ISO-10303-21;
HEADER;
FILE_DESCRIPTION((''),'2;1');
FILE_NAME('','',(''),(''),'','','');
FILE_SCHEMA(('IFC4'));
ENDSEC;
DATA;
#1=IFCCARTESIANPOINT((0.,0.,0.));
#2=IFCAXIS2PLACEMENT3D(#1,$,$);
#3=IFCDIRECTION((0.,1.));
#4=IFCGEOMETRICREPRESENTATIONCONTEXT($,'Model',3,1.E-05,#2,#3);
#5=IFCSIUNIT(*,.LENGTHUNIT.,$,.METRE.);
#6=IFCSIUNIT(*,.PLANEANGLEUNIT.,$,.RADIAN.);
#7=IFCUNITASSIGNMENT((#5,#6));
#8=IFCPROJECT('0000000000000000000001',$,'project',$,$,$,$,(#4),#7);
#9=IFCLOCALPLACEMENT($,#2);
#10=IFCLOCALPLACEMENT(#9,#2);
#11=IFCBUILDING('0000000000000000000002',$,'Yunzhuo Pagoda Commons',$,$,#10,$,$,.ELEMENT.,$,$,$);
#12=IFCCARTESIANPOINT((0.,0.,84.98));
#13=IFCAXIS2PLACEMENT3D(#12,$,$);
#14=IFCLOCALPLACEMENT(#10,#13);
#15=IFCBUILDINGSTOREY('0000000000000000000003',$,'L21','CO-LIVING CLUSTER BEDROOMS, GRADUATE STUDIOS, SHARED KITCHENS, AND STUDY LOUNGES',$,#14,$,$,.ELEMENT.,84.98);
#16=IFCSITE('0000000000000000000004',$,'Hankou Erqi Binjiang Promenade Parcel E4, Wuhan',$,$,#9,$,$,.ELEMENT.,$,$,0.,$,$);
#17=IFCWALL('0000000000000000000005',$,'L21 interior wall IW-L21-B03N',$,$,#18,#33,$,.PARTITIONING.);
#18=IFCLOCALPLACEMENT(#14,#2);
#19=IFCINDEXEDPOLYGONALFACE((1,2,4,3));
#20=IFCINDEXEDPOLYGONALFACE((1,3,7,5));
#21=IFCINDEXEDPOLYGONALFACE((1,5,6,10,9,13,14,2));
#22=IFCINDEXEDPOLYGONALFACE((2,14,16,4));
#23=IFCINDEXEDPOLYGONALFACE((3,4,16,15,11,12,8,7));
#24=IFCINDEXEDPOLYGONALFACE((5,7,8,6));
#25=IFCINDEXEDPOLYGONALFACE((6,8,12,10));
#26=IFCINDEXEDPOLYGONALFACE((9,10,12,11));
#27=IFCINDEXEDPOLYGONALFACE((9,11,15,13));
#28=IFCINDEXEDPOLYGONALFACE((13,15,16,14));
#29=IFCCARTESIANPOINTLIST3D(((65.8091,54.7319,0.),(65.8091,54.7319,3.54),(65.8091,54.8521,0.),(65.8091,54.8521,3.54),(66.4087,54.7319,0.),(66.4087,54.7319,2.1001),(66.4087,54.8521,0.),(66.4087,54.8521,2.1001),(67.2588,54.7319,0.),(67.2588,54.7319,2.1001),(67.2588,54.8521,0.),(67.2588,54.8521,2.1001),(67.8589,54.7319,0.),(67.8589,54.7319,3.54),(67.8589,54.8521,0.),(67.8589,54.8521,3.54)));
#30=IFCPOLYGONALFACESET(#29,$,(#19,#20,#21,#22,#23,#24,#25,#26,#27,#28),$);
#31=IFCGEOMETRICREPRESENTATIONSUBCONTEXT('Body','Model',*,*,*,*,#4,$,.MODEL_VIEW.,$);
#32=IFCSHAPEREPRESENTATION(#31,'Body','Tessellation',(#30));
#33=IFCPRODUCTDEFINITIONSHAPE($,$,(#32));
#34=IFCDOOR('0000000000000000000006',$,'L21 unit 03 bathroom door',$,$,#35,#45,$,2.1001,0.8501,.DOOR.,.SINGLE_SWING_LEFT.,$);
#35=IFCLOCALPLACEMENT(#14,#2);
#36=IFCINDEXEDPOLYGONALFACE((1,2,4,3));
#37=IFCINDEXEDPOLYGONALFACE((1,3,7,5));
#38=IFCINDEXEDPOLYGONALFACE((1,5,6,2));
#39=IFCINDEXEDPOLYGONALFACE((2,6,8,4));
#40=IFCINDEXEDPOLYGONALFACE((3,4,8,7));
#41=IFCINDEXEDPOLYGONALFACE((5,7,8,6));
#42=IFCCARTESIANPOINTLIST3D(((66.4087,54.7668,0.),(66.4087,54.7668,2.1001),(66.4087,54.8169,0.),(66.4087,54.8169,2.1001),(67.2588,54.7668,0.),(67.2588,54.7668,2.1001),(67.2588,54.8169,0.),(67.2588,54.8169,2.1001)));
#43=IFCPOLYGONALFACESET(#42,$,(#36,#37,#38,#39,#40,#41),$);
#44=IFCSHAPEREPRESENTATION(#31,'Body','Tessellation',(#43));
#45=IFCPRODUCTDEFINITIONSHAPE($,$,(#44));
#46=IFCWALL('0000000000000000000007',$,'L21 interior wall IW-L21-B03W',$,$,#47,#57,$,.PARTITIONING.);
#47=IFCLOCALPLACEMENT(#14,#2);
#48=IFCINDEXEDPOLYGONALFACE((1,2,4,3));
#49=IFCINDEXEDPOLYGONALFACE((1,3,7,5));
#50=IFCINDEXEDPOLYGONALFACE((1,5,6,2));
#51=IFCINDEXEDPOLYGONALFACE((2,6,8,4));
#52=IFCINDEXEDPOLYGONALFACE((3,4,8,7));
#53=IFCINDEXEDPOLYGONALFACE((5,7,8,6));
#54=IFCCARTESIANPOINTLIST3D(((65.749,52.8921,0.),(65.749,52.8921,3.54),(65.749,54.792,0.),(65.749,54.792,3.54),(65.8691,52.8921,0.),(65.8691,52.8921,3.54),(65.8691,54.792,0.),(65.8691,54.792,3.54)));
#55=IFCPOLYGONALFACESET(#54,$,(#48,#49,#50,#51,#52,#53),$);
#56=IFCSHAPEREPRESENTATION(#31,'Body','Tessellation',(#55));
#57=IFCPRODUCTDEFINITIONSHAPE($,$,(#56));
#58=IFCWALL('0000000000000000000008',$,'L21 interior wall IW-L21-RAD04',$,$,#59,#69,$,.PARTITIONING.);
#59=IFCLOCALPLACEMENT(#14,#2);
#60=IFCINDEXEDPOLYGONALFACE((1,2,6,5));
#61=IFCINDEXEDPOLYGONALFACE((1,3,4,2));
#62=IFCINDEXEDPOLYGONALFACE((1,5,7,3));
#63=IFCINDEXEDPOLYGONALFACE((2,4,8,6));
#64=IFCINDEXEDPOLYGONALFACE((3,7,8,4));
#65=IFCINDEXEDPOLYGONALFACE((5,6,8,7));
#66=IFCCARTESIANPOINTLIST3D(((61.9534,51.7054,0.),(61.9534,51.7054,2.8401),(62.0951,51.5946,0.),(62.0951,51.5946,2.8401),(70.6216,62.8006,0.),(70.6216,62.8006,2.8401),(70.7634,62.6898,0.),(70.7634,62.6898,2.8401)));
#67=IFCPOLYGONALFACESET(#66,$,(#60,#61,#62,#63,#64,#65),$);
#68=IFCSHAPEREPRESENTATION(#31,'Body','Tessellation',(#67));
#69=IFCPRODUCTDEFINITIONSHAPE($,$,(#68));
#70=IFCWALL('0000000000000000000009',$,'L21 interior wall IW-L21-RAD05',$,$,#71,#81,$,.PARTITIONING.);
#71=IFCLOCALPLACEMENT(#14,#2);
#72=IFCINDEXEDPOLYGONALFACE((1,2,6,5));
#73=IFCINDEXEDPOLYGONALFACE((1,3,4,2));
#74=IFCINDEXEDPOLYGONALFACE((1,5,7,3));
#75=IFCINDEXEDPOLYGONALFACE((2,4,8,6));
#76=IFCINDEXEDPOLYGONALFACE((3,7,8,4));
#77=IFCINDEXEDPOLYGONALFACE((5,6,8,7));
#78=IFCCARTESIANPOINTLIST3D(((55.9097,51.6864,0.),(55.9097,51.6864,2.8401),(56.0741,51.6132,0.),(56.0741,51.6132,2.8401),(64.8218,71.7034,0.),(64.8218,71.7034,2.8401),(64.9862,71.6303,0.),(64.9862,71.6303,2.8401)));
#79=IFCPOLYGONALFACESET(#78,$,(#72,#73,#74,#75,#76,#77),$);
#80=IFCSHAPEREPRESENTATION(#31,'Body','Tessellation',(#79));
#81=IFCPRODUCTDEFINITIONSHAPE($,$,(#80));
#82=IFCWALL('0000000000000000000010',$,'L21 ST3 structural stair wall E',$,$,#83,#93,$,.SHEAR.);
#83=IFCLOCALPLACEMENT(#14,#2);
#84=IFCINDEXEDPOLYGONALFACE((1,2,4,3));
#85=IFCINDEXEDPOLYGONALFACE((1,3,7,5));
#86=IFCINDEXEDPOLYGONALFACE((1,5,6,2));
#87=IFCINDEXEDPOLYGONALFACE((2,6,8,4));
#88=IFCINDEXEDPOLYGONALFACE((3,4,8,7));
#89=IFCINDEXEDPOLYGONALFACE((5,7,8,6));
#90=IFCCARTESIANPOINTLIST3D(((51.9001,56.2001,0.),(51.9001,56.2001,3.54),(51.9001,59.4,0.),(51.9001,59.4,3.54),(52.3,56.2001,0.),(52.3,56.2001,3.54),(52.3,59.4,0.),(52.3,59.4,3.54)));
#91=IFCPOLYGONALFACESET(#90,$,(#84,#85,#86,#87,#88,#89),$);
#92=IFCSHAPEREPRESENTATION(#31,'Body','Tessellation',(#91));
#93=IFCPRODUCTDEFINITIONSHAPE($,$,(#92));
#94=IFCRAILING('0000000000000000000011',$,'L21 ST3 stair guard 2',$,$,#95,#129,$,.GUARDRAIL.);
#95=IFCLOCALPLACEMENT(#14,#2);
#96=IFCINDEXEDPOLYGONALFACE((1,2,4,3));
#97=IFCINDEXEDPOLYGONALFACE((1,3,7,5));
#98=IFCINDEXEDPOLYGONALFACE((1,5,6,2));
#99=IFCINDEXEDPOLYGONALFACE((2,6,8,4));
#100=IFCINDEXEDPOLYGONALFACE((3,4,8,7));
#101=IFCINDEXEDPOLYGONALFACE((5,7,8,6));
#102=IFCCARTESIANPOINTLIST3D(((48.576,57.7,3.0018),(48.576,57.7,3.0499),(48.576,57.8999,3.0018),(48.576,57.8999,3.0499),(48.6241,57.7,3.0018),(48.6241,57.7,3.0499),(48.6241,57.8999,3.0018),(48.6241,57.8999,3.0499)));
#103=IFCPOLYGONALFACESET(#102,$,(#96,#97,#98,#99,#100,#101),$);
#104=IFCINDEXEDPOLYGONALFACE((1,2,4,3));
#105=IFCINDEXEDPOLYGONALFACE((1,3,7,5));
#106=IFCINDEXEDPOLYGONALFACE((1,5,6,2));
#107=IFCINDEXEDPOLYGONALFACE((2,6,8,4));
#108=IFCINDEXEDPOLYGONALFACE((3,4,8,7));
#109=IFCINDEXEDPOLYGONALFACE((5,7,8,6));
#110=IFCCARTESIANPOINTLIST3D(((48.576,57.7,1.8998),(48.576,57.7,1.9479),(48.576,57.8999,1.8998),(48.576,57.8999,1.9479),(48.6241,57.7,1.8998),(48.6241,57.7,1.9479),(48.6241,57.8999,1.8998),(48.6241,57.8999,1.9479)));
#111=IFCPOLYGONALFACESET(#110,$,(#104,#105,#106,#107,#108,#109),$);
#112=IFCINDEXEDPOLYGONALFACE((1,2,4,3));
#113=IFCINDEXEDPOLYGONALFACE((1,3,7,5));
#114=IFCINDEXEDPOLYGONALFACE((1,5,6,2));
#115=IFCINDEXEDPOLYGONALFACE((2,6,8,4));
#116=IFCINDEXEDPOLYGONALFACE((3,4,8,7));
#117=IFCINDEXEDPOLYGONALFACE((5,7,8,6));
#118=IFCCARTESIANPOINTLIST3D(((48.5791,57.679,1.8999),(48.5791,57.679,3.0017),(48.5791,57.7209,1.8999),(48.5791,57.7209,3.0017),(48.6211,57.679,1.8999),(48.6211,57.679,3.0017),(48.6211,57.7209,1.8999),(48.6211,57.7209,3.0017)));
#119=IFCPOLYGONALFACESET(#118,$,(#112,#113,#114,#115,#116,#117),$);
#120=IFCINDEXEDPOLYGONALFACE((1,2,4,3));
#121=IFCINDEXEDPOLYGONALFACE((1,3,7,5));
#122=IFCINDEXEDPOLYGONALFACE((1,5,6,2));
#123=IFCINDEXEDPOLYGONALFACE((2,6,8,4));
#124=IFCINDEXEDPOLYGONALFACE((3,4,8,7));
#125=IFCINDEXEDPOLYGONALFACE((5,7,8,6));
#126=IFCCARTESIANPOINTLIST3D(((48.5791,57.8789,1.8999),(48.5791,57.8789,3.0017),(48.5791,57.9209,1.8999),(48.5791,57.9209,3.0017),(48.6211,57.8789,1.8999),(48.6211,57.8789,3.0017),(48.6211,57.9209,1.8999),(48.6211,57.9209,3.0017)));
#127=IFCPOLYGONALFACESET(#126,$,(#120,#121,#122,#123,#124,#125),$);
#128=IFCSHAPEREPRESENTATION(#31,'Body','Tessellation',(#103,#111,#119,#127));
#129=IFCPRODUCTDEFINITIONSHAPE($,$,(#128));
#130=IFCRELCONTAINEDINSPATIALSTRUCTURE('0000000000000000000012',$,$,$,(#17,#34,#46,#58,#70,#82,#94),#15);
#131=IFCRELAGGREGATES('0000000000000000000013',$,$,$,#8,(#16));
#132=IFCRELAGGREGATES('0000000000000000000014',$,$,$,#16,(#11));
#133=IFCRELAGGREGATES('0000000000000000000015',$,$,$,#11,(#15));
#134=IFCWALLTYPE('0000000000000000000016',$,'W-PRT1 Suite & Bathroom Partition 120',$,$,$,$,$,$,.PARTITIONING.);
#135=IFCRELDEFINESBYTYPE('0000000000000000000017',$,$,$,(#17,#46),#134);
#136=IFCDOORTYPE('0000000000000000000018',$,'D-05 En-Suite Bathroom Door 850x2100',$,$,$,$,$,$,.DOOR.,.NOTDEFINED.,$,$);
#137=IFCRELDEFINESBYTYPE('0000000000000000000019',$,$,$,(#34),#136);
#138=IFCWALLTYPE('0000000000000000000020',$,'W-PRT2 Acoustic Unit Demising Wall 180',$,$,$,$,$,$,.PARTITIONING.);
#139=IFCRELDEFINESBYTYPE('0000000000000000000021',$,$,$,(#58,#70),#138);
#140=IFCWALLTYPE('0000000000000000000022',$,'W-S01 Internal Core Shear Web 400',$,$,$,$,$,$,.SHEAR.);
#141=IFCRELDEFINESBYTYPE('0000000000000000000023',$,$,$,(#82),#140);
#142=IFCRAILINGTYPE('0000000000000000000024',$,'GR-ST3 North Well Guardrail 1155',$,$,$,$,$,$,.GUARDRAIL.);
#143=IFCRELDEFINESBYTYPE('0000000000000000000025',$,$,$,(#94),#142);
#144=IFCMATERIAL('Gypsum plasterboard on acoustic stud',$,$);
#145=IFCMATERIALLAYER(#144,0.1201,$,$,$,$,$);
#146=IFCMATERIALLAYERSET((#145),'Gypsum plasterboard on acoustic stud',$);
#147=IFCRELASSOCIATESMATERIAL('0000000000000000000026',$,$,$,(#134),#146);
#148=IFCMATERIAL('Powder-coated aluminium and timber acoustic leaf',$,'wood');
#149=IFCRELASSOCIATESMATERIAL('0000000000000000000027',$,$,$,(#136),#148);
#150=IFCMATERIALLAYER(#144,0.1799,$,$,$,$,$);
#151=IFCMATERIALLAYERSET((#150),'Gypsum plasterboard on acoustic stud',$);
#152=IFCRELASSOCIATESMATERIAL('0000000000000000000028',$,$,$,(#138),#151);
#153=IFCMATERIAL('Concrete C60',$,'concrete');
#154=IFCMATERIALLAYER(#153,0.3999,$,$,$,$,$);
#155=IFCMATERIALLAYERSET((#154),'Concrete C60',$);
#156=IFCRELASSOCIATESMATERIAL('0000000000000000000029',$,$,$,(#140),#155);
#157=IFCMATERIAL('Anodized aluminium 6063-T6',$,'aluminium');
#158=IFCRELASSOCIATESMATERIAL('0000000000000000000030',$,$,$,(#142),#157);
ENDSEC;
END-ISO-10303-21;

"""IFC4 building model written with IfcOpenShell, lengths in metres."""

from ifc_helpers import new_model, si_unit, direction, frame, frame_2d, origin, origin_2d, place, context, subcontext, project, spatial, rectangle, extrude, source, transform, mapped, material, layer, layer_set, type_object, element, fill, save


model = new_model("IFC4")

# Units and contexts
model_context = context("Model", 3, precision=1e-05, world=origin(), true_north=direction((0.0, 1.0)))
body_context = subcontext(model_context, "Body", "Model", "MODEL_VIEW")
ifc_project = project(units=[si_unit("LENGTHUNIT", "METRE"), si_unit("PLANEANGLEUNIT", "RADIAN")], contexts=[model_context])

# Site, building, storey
site_placement = place(None, origin())
site = spatial("IfcSite", under=ifc_project, at=site_placement, Name="Hankou Erqi Binjiang Promenade Parcel E4, Wuhan", CompositionType="ELEMENT", RefElevation=0.0)
building_placement = place(site_placement, origin())
building = spatial("IfcBuilding", under=site, at=building_placement, Name="Yunzhuo Pagoda Commons", CompositionType="ELEMENT")
storey_placement = place(building_placement, frame((0.0, 0.0, 84.98)))
storey = spatial("IfcBuildingStorey", under=building, at=storey_placement, Name="L21", Description="CO-LIVING CLUSTER BEDROOMS, GRADUATE STUDIOS, SHARED KITCHENS, AND STUDY LOUNGES", CompositionType="ELEMENT", Elevation=84.98)

# Shared definitions
ifc_material_1 = material(Name="Anodized aluminium 6063-T6", Category="aluminium")

# Shared definitions
ifc_material_2 = material(Name="Gypsum plasterboard on acoustic stud")

# Shared definitions
ifc_layer_1 = layer(ifc_material_2, 0.1201)
ifc_layer_set_1 = layer_set([ifc_layer_1], Name="Gypsum plasterboard on acoustic stud")
wall_type_1 = type_object("IfcWallType", Name="W-PRT1 Suite & Bathroom Partition 120", PredefinedType="PARTITIONING", material=ifc_layer_set_1)

# Wall, opening, door
wall_1_placement = place(storey_placement, frame((67.8589, 54.792, 0.0), z_axis=(0.0, 0.0, 1.0), x_axis=(-1.0, 0.0, 0.0)))
wall_1 = element("IfcWall", 1, at=wall_1_placement, inside=storey, type_object=wall_type_1, Name="L21 interior wall IW-L21-B03N", PredefinedType="PARTITIONING", context=body_context, shape_type="SweptSolid", body=[
    extrude(rectangle(XDim=2.0498, YDim=0.1201, at=frame_2d((1.0249, 0.0))), origin(), (0.0, 0.0, 1.0), 3.54),
])
opening_1_placement = place(wall_1_placement, frame((0.6001, 0.0, 0.0)))
opening_1 = element("IfcOpeningElement", 2, at=opening_1_placement, cuts=wall_1, PredefinedType="OPENING", context=body_context, shape_type="SweptSolid", body=[
    extrude(rectangle(XDim=0.8501, YDim=2.1001, at=frame_2d((0.425, 1.05))), frame((0.0, 0.0701, 0.0), z_axis=(0.0, -1.0, 0.0), x_axis=(1.0, 0.0, 0.0)), (0.0, 0.0, 1.0), 0.1401),
])
ifc_material_3 = material(Name="Powder-coated aluminium and timber acoustic leaf", Category="wood")
door_type_1 = type_object("IfcDoorType", Name="D-05 En-Suite Bathroom Door 850x2100", OperationType="NOTDEFINED", PredefinedType="DOOR", material=ifc_material_3)
shared_shape_1 = source(origin(), body_context, "Body", "SweptSolid", [
    extrude(rectangle(XDim=0.8501, YDim=2.1001, at=frame_2d((0.425, 1.05))), frame((0.0, 0.0249, 0.0), z_axis=(0.0, -1.0, 0.0), x_axis=(1.0, 0.0, 0.0)), (0.0, 0.0, 1.0), 0.05),
])
door_1_placement = place(opening_1_placement, frame((0.8501, 0.0, 0.0), z_axis=(0.0, 0.0, 1.0), x_axis=(-1.0, 0.0, 0.0)))
door_1 = element("IfcDoor", 3, at=door_1_placement, inside=storey, type_object=door_type_1, Name="L21 unit 03 bathroom door", OperationType="SINGLE_SWING_LEFT", OverallHeight=2.1001, OverallWidth=0.8501, PredefinedType="DOOR", context=body_context, shape_type="MappedRepresentation", body=[
    mapped(shared_shape_1, transform((0.0, 0.0, 0.0), scale=1.0)),
])
fill(opening_1, door_1)

# Walls
wall_2_placement = place(storey_placement, frame((65.8091, 54.792, 0.0), z_axis=(0.0, 0.0, 1.0), x_axis=(0.0, -1.0, 0.0)))
element("IfcWall", 4, at=wall_2_placement, inside=storey, type_object=wall_type_1, Name="L21 interior wall IW-L21-B03W", PredefinedType="PARTITIONING", context=body_context, shape_type="SweptSolid", body=[
    extrude(rectangle(XDim=1.8999, YDim=0.1201, at=frame_2d((0.95, 0.0))), origin(), (0.0, 0.0, 1.0), 3.54),
])
ifc_layer_2 = layer(ifc_material_2, 0.1799)
ifc_layer_set_2 = layer_set([ifc_layer_2], Name="Gypsum plasterboard on acoustic stud")
wall_type_2 = type_object("IfcWallType", Name="W-PRT2 Acoustic Unit Demising Wall 180", PredefinedType="PARTITIONING", material=ifc_layer_set_2)
wall_3_placement = place(storey_placement, frame((62.0242, 51.6499, 0.0), z_axis=(0.0, 0.0, 1.0), x_axis=(0.615647, 0.788022, 0.0)))
element("IfcWall", 5, at=wall_3_placement, inside=storey, type_object=wall_type_2, Name="L21 interior wall IW-L21-RAD04", PredefinedType="PARTITIONING", context=body_context, shape_type="SweptSolid", body=[
    extrude(rectangle(XDim=14.0798, YDim=0.1799, at=frame_2d((7.04, 0.0))), origin(), (0.0, 0.0, 1.0), 2.8401),
])
wall_4_placement = place(storey_placement, frame((55.9919, 51.6499, 0.0), z_axis=(0.0, 0.0, 1.0), x_axis=(0.406734, 0.913547, 0.0)))
element("IfcWall", 6, at=wall_4_placement, inside=storey, type_object=wall_type_2, Name="L21 interior wall IW-L21-RAD05", PredefinedType="PARTITIONING", context=body_context, shape_type="SweptSolid", body=[
    extrude(rectangle(XDim=21.9114, YDim=0.1799, at=frame_2d((10.9556, 0.0))), origin(), (0.0, 0.0, 1.0), 2.8401),
])
ifc_material_4 = material(Name="Concrete C60", Category="concrete")
ifc_layer_3 = layer(ifc_material_4, 0.3999)
ifc_layer_set_3 = layer_set([ifc_layer_3], Name="Concrete C60")
wall_type_3 = type_object("IfcWallType", Name="W-S01 Internal Core Shear Web 400", PredefinedType="SHEAR", material=ifc_layer_set_3)
wall_5_placement = place(storey_placement, frame((52.1001, 56.2, 0.0), z_axis=(0.0, 0.0, 1.0), x_axis=(0.0, 1.0, 0.0)))
element("IfcWall", 7, at=wall_5_placement, inside=storey, type_object=wall_type_3, Name="L21 ST3 structural stair wall E", PredefinedType="SHEAR", context=body_context, shape_type="SweptSolid", body=[
    extrude(rectangle(XDim=3.2, YDim=0.3999, at=frame_2d((1.6001, 0.0))), origin(), (0.0, 0.0, 1.0), 3.54),
])

# Railing
railing_type = type_object("IfcRailingType", Name="GR-ST3 North Well Guardrail 1155", PredefinedType="GUARDRAIL", material=ifc_material_1)
railing_placement = place(storey_placement, frame((48.6001, 57.7, 1.8999)))
element("IfcRailing", 8, at=railing_placement, inside=storey, type_object=railing_type, Name="L21 ST3 stair guard 2", PredefinedType="GUARDRAIL", context=body_context, shape_type="SweptSolid", body=[
    extrude(rectangle(XDim=0.0481, YDim=0.0481, at=origin_2d()), frame((0.0, 0.0, 1.126), z_axis=(0.0, 1.0, 0.0), x_axis=(-1.0, 0.0, 0.0)), (0.0, 0.0, 1.0), 0.2),
    extrude(rectangle(XDim=0.0481, YDim=0.0481, at=origin_2d()), frame((0.0, 0.0, 0.0239), z_axis=(0.0, 1.0, 0.0), x_axis=(-1.0, 0.0, 0.0)), (0.0, 0.0, 1.0), 0.2),
    extrude(rectangle(XDim=0.042, YDim=0.042, at=origin_2d()), origin(), (0.0, 0.0, 1.0), 1.1018),
    extrude(rectangle(XDim=0.042, YDim=0.042, at=origin_2d()), frame((0.0, 0.2, 0.0)), (0.0, 0.0, 1.0), 1.1018),
])

save(model, "model.ifc")
